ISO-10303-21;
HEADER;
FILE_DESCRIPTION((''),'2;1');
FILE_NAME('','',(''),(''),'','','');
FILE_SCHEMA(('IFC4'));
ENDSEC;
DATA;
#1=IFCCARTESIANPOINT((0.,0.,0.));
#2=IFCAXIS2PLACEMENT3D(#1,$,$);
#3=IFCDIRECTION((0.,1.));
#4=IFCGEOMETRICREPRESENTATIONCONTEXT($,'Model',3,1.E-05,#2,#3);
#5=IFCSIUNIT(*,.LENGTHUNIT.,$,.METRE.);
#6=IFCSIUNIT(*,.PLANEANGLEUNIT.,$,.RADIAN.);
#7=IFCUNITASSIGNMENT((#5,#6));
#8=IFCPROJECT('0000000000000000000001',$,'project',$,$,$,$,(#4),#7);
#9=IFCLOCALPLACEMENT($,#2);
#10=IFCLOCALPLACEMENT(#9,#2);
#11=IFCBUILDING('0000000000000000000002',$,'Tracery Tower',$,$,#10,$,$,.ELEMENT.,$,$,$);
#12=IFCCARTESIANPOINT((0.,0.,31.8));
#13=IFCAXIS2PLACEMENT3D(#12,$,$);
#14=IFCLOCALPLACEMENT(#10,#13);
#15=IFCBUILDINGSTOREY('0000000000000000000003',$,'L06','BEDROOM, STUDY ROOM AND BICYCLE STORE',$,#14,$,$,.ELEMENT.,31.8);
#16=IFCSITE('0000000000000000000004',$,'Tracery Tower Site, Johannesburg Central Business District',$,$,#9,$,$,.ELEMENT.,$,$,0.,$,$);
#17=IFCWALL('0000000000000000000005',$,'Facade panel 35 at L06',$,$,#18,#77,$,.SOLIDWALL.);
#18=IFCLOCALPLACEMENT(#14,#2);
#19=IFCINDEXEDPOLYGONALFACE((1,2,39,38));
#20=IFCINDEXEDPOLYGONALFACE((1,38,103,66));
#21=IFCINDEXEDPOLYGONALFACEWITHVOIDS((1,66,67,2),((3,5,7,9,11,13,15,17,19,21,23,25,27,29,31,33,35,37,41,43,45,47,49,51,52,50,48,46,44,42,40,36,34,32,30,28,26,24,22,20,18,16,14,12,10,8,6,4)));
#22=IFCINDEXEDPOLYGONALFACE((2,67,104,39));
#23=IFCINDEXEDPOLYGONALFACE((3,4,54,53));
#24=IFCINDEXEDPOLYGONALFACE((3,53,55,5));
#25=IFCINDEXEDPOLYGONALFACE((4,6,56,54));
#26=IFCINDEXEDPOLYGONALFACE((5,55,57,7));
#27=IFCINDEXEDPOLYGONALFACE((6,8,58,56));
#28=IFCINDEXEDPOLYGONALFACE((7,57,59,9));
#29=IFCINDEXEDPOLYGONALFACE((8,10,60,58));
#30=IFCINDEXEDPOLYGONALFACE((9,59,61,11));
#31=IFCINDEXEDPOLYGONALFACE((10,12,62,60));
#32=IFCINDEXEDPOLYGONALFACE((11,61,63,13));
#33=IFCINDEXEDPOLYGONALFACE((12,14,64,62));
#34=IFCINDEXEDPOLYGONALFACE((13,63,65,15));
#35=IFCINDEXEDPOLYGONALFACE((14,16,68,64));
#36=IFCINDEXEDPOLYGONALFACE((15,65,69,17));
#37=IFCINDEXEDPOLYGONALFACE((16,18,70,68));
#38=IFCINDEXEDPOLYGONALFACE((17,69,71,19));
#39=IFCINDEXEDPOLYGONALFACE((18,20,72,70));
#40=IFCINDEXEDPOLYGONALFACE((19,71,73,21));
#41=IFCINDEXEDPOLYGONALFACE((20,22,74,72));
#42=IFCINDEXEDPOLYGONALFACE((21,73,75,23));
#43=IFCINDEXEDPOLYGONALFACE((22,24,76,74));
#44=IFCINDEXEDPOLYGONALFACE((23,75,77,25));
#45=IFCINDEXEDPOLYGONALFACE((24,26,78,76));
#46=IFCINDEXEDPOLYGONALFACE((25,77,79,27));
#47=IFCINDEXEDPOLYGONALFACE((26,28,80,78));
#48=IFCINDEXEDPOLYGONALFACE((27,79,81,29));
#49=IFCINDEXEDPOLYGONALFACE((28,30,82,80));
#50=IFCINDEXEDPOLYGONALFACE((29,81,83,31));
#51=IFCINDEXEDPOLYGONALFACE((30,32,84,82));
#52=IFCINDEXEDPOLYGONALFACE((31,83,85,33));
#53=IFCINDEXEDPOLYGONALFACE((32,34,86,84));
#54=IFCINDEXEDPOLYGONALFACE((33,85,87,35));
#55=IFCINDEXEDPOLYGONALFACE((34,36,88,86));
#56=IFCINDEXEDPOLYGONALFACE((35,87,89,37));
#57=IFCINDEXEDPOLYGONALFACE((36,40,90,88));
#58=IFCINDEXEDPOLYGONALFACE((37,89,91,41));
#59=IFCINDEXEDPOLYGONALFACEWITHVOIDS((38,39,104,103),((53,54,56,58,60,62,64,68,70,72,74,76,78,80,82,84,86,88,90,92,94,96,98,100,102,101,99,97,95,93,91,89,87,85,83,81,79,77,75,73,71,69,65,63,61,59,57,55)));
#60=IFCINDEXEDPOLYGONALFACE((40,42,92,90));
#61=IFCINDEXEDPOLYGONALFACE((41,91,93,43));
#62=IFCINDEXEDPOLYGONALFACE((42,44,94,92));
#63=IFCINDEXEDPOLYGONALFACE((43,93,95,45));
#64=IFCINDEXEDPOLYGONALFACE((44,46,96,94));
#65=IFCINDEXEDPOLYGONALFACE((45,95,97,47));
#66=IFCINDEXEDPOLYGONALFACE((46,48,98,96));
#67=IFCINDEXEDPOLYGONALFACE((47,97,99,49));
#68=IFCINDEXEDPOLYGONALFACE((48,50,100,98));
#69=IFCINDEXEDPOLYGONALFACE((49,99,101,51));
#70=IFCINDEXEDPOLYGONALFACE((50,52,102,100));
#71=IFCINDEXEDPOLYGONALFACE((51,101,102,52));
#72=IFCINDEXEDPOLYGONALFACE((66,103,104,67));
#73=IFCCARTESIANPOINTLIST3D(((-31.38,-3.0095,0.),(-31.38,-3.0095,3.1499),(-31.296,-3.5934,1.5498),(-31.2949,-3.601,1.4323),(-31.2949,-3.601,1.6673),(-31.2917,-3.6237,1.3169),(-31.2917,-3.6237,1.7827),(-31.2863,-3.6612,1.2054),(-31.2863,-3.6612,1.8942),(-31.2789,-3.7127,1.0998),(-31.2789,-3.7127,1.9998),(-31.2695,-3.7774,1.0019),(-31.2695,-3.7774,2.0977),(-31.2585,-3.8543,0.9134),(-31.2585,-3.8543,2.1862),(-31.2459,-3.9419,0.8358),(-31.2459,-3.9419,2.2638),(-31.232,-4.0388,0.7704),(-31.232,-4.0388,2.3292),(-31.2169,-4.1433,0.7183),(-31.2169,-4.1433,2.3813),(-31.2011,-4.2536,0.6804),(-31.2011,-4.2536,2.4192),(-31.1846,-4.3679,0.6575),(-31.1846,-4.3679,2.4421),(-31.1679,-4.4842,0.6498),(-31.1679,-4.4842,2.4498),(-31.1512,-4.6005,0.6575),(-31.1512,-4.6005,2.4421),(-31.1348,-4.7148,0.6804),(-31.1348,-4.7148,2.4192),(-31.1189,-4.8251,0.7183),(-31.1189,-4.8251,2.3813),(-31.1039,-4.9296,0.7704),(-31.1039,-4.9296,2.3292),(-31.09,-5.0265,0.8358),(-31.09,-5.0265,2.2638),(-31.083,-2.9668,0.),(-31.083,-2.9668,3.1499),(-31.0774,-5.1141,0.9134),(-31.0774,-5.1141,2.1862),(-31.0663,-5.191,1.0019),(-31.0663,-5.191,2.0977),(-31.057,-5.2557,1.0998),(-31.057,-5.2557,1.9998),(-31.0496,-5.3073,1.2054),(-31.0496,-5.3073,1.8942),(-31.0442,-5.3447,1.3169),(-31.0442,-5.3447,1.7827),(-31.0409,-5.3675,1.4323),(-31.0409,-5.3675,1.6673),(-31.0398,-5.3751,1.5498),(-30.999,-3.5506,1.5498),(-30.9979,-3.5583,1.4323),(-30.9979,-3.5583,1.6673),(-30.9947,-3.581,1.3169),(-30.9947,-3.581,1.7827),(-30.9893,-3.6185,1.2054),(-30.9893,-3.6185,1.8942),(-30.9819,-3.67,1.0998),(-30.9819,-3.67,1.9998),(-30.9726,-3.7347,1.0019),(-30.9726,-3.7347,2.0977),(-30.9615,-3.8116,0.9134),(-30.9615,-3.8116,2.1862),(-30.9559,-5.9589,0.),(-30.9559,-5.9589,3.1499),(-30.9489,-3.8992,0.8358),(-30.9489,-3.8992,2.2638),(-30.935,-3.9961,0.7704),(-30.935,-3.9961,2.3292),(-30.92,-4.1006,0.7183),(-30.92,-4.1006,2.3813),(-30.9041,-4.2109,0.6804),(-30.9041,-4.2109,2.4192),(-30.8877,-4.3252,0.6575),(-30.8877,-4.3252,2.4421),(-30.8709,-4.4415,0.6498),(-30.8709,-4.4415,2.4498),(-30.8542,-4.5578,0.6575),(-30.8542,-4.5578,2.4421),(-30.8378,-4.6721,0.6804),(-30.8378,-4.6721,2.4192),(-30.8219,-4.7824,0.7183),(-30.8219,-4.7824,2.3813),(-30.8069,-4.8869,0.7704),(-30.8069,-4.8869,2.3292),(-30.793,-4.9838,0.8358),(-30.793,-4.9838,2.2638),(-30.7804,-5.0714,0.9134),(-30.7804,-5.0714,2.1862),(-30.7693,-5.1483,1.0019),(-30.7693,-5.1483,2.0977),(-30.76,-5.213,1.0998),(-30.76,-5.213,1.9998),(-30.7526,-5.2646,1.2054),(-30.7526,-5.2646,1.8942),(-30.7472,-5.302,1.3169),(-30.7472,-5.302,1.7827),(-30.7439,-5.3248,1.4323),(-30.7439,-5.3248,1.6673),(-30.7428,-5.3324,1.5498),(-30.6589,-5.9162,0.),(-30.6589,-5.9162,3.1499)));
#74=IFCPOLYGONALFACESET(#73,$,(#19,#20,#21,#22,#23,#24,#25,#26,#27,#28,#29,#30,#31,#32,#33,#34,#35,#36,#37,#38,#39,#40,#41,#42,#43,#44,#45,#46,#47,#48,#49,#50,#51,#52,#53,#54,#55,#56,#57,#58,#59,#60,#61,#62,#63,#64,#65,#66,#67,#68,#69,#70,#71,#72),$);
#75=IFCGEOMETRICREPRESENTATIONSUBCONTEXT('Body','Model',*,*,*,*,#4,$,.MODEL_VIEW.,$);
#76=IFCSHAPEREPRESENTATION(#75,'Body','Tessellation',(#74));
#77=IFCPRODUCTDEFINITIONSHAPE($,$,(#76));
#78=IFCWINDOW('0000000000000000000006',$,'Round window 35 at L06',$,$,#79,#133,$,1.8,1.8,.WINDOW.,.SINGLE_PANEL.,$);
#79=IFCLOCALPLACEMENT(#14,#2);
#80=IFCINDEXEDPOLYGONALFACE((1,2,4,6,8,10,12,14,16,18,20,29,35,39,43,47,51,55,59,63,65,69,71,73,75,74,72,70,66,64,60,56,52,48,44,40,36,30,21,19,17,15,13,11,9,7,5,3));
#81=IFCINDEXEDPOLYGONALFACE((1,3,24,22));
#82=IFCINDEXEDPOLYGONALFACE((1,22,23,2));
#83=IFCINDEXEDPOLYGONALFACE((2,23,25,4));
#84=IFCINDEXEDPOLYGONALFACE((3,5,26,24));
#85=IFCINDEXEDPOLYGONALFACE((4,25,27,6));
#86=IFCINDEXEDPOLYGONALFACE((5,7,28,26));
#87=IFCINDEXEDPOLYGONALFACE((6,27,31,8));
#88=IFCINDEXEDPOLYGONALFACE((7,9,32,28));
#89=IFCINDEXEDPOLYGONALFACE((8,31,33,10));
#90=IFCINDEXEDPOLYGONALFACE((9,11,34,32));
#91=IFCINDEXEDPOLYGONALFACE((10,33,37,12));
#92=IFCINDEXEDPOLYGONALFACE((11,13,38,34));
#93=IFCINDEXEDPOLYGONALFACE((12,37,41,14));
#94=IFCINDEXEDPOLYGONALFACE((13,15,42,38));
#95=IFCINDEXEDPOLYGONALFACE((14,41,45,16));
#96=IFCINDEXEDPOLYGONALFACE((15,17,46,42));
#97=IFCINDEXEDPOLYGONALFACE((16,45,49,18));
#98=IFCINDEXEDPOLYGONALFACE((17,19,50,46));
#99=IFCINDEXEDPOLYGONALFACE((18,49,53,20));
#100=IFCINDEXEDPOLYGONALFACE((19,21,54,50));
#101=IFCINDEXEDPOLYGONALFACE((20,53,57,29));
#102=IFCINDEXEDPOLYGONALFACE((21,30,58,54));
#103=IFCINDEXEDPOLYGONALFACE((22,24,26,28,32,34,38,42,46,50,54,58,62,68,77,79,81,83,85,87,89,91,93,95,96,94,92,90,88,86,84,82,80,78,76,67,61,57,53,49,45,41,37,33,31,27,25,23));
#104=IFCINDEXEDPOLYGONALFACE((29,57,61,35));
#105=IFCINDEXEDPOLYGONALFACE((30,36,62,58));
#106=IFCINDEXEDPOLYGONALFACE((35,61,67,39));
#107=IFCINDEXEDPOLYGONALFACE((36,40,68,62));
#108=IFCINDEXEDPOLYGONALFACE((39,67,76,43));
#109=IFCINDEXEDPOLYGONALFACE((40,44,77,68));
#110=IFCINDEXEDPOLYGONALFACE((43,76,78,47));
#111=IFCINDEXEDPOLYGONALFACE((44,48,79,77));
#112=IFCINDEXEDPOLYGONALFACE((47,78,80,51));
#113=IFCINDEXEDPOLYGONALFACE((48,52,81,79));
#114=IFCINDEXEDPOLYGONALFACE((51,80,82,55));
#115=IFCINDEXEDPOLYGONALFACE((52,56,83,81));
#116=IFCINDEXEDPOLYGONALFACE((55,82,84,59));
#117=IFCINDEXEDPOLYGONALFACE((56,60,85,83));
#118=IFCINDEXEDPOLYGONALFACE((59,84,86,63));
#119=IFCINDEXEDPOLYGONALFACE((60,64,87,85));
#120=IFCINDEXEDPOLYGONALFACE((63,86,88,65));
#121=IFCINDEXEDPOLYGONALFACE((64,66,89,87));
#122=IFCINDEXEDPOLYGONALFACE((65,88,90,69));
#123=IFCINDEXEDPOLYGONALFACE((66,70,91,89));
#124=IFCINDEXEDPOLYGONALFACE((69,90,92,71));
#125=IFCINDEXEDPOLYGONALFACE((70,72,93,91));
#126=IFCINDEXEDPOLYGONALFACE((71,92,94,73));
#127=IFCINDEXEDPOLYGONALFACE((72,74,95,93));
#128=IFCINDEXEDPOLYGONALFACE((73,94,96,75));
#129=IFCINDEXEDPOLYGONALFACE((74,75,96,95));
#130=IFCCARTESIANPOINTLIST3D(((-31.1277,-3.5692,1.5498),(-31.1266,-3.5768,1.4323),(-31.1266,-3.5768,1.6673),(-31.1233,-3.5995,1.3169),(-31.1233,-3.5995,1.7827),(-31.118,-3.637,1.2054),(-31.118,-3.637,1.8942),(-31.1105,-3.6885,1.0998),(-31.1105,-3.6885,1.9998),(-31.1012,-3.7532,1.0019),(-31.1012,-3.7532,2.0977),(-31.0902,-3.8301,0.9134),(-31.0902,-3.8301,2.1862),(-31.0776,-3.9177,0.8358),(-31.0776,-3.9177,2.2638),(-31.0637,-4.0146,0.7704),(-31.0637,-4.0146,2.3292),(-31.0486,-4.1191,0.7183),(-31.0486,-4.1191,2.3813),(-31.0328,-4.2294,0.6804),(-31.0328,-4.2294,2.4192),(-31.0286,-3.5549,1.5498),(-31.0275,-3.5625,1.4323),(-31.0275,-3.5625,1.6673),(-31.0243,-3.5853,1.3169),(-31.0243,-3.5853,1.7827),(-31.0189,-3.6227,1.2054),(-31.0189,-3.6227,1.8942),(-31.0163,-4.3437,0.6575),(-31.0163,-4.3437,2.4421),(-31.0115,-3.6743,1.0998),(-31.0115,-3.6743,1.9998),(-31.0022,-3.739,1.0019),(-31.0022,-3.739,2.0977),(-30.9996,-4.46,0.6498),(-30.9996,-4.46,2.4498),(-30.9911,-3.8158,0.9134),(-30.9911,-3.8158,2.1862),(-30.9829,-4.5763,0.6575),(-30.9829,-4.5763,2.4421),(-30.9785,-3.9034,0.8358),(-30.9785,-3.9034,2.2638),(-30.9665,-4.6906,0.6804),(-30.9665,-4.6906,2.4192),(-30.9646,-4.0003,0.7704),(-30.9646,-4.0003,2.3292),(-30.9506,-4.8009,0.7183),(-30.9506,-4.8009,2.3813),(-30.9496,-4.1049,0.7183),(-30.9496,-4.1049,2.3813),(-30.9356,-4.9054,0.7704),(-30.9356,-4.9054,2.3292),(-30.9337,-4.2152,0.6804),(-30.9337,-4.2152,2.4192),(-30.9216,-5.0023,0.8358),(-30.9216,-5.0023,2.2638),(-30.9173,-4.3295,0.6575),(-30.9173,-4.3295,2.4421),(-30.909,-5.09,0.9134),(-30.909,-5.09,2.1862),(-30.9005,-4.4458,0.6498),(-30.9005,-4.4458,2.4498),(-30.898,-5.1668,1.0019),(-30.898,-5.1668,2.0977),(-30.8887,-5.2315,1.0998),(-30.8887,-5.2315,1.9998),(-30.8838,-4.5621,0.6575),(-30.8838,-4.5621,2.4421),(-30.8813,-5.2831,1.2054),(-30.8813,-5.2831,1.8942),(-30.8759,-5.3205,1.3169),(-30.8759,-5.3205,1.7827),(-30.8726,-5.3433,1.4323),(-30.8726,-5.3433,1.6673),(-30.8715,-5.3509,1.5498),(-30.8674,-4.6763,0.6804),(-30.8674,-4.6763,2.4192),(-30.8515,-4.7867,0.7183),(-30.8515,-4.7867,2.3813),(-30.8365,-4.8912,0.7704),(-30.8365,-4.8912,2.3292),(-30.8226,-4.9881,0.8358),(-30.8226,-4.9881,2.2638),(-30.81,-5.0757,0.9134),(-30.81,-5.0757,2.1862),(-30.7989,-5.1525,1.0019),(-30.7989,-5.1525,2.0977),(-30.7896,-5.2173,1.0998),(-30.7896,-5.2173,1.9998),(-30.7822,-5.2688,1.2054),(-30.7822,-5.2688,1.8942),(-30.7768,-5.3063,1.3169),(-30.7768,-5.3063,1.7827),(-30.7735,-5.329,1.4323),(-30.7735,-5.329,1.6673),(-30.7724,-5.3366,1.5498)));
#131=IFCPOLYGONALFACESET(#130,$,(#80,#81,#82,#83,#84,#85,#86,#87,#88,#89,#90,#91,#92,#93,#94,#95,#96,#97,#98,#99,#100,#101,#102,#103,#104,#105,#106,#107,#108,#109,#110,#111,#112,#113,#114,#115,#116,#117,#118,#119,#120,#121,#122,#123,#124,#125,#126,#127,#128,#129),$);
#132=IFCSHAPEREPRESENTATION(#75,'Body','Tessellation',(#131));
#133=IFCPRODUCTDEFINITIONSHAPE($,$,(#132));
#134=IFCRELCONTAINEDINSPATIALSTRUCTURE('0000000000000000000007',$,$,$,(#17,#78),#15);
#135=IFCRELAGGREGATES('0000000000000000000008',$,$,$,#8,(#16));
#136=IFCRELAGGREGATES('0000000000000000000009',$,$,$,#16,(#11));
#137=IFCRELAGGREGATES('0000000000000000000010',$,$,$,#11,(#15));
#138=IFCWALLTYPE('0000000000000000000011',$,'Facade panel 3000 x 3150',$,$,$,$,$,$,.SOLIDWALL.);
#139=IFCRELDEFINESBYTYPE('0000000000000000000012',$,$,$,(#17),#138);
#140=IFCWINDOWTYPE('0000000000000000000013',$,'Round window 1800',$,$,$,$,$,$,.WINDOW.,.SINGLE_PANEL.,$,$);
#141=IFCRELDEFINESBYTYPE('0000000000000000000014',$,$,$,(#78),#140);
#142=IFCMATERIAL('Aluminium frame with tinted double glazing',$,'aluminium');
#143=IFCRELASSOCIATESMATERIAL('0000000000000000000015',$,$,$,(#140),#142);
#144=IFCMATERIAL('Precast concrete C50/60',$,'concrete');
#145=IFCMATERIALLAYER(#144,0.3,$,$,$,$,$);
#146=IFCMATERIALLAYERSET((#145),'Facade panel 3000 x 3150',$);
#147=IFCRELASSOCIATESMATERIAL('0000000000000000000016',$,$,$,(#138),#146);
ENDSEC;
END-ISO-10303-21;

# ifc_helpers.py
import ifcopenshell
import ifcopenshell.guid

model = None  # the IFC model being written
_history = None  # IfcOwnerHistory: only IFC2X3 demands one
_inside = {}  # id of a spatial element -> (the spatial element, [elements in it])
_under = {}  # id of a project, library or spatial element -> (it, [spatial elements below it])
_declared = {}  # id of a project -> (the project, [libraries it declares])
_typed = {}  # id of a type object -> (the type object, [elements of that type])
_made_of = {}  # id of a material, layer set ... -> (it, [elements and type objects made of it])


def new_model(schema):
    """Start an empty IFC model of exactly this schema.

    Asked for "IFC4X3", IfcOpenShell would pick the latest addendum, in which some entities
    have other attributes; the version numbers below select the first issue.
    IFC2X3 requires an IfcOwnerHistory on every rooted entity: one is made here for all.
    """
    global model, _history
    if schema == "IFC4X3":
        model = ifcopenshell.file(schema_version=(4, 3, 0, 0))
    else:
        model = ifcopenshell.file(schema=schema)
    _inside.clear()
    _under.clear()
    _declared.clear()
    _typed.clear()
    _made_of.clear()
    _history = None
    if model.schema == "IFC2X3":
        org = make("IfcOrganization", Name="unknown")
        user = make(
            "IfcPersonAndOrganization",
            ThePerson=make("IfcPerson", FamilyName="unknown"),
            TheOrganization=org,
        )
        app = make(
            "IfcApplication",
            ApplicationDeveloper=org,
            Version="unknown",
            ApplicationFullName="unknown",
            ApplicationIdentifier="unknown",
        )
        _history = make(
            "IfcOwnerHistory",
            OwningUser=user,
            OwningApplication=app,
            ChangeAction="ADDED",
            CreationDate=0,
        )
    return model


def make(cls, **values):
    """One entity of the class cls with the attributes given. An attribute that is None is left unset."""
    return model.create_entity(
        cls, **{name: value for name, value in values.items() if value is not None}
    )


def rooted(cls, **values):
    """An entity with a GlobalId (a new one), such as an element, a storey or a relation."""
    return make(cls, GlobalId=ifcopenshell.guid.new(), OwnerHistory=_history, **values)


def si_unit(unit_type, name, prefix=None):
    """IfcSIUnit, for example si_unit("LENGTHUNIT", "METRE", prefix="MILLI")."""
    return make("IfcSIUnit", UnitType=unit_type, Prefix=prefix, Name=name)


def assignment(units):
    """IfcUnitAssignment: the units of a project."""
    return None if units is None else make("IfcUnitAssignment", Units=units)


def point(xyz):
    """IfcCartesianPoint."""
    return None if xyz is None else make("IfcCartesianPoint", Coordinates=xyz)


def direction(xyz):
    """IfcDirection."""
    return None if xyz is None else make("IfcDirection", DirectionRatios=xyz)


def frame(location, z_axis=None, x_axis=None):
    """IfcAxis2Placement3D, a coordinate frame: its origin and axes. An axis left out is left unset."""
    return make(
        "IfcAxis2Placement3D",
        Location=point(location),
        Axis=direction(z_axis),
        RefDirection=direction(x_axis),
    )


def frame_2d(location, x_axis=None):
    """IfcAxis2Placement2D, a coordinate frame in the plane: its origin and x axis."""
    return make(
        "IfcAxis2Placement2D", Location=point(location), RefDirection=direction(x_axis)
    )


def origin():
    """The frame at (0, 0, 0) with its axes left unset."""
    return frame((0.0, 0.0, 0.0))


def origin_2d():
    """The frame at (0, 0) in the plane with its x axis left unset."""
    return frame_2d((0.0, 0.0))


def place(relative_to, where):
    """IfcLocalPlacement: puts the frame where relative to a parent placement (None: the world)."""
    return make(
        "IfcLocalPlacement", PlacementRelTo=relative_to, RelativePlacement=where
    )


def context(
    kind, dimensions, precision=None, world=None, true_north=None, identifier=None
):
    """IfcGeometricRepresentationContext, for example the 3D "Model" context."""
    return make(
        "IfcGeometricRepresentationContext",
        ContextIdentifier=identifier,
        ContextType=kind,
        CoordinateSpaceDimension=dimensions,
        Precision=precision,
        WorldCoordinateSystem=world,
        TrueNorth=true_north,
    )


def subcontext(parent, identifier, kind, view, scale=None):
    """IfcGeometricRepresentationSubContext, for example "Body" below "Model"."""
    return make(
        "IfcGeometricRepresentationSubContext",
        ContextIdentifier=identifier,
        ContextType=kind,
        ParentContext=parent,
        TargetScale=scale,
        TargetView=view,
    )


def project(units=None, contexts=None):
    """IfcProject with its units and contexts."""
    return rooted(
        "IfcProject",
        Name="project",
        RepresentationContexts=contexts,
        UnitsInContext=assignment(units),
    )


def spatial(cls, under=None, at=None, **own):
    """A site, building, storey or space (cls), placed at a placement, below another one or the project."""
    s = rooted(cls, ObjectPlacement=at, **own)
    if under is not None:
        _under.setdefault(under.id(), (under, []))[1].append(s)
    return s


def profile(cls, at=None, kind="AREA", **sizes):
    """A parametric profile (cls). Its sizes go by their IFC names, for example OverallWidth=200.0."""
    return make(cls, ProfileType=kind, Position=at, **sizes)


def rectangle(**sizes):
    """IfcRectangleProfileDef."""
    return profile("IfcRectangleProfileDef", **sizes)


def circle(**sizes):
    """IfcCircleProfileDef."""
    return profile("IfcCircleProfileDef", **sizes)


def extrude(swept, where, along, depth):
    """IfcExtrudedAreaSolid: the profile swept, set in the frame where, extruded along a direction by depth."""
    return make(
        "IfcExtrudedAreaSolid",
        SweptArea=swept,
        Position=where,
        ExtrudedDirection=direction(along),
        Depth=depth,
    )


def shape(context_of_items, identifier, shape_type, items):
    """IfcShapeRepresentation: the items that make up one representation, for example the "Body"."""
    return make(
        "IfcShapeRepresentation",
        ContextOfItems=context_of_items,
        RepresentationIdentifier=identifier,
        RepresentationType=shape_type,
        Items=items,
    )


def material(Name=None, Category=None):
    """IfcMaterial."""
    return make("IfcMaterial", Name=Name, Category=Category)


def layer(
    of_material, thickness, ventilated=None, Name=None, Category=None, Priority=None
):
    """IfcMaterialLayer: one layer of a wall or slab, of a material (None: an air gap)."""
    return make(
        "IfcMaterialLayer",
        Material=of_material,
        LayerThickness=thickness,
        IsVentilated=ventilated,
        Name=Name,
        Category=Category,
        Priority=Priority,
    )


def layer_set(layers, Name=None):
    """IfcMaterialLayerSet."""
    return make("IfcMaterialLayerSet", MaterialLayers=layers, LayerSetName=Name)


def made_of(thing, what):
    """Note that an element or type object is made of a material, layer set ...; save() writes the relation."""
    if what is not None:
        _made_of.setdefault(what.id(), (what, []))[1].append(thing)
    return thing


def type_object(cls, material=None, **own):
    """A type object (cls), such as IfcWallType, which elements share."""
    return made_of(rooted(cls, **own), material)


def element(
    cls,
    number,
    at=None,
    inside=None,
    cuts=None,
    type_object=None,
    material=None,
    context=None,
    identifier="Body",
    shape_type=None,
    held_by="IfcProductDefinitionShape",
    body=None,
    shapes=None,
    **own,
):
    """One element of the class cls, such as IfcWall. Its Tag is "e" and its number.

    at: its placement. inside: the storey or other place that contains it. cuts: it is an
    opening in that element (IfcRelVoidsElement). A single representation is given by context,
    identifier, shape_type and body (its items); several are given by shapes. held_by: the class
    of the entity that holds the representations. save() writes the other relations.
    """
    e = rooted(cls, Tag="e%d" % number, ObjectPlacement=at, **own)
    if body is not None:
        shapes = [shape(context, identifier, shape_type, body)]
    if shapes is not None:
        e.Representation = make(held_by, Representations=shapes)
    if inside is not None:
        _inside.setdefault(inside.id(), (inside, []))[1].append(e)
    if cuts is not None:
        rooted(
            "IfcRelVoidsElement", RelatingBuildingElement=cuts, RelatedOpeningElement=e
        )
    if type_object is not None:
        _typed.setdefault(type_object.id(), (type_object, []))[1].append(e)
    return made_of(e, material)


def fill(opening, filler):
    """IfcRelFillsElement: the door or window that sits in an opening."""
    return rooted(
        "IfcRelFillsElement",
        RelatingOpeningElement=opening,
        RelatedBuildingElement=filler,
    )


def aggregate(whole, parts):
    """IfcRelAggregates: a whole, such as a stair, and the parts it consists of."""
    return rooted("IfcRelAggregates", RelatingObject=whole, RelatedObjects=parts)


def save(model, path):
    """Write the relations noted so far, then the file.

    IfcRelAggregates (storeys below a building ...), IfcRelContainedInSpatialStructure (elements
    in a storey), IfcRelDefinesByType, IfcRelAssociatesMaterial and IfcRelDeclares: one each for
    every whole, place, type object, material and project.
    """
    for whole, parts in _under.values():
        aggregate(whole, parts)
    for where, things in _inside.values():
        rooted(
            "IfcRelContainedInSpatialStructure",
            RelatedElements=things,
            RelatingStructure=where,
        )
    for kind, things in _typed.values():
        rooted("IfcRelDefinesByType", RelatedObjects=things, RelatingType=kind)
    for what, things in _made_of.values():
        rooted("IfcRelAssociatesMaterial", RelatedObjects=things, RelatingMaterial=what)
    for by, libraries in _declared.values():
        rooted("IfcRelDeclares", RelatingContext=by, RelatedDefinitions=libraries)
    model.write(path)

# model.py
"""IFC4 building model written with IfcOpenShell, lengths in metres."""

from ifc_helpers import new_model, si_unit, direction, frame, frame_2d, origin, origin_2d, place, context, subcontext, project, spatial, rectangle, circle, extrude, material, layer, layer_set, type_object, element, fill, save


model = new_model("IFC4")

# Units and contexts
model_context = context("Model", 3, precision=1e-05, world=origin(), true_north=direction((0.0, 1.0)))
body_context = subcontext(model_context, "Body", "Model", "MODEL_VIEW")
ifc_project = project(units=[si_unit("LENGTHUNIT", "METRE"), si_unit("PLANEANGLEUNIT", "RADIAN")], contexts=[model_context])

# Site, building, storey
site_placement = place(None, origin())
site = spatial("IfcSite", under=ifc_project, at=site_placement, Name="Tracery Tower Site, Johannesburg Central Business District", CompositionType="ELEMENT", RefElevation=0.0)
building_placement = place(site_placement, origin())
building = spatial("IfcBuilding", under=site, at=building_placement, Name="Tracery Tower", CompositionType="ELEMENT")
storey_placement = place(building_placement, frame((0.0, 0.0, 31.8)))
storey = spatial("IfcBuildingStorey", under=building, at=storey_placement, Name="L06", Description="BEDROOM, STUDY ROOM AND BICYCLE STORE", CompositionType="ELEMENT", Elevation=31.8)

# Wall, opening, window
ifc_material_1 = material(Name="Aluminium frame with tinted double glazing", Category="aluminium")
window_type = type_object("IfcWindowType", Name="Round window 1800", PartitioningType="SINGLE_PANEL", PredefinedType="WINDOW", material=ifc_material_1)
ifc_material_2 = material(Name="Precast concrete C50/60", Category="concrete")
ifc_layer_1 = layer(ifc_material_2, 0.3)
ifc_layer_set_1 = layer_set([ifc_layer_1], Name="Facade panel 3000 x 3150")
wall_type_1 = type_object("IfcWallType", Name="Facade panel 3000 x 3150", PredefinedType="SOLIDWALL", material=ifc_layer_set_1)
wall_1_placement = place(storey_placement, frame((-31.2314, -2.9883, 0.0), z_axis=(0.0, 0.0, 1.0), x_axis=(0.142316, -0.989821, 0.0)))
wall_1 = element("IfcWall", 1, at=wall_1_placement, inside=storey, type_object=wall_type_1, Name="Facade panel 35 at L06", PredefinedType="SOLIDWALL", context=body_context, shape_type="SweptSolid", body=[
    extrude(rectangle(XDim=2.9797, YDim=0.3, at=frame_2d((1.4897, 0.0))), origin(), (0.0, 0.0, 1.0), 3.1499),
])
opening_1_placement = place(wall_1_placement, frame((1.4897, 0.0, 1.5498)))
opening_1 = element("IfcOpeningElement", 2, at=opening_1_placement, cuts=wall_1, PredefinedType="OPENING", context=body_context, shape_type="SweptSolid", body=[
    extrude(circle(Radius=0.9, at=origin_2d()), frame((0.0, 0.1599, 0.0), z_axis=(0.0, -1.0, 0.0), x_axis=(1.0, 0.0, 0.0)), (0.0, 0.0, 1.0), 0.3201),
])
window_1_placement = place(opening_1_placement, origin())
window_1 = element("IfcWindow", 3, at=window_1_placement, inside=storey, type_object=window_type, Name="Round window 35 at L06", OverallHeight=1.8, OverallWidth=1.8, PartitioningType="SINGLE_PANEL", PredefinedType="WINDOW", context=body_context, shape_type="SweptSolid", body=[
    extrude(circle(Radius=0.9, at=origin_2d()), frame((0.0, 0.1201, 0.0), z_axis=(0.0, -1.0, 0.0), x_axis=(1.0, 0.0, 0.0)), (0.0, 0.0, 1.0), 0.1001),
])
fill(opening_1, window_1)

save(model, "model.ifc")
